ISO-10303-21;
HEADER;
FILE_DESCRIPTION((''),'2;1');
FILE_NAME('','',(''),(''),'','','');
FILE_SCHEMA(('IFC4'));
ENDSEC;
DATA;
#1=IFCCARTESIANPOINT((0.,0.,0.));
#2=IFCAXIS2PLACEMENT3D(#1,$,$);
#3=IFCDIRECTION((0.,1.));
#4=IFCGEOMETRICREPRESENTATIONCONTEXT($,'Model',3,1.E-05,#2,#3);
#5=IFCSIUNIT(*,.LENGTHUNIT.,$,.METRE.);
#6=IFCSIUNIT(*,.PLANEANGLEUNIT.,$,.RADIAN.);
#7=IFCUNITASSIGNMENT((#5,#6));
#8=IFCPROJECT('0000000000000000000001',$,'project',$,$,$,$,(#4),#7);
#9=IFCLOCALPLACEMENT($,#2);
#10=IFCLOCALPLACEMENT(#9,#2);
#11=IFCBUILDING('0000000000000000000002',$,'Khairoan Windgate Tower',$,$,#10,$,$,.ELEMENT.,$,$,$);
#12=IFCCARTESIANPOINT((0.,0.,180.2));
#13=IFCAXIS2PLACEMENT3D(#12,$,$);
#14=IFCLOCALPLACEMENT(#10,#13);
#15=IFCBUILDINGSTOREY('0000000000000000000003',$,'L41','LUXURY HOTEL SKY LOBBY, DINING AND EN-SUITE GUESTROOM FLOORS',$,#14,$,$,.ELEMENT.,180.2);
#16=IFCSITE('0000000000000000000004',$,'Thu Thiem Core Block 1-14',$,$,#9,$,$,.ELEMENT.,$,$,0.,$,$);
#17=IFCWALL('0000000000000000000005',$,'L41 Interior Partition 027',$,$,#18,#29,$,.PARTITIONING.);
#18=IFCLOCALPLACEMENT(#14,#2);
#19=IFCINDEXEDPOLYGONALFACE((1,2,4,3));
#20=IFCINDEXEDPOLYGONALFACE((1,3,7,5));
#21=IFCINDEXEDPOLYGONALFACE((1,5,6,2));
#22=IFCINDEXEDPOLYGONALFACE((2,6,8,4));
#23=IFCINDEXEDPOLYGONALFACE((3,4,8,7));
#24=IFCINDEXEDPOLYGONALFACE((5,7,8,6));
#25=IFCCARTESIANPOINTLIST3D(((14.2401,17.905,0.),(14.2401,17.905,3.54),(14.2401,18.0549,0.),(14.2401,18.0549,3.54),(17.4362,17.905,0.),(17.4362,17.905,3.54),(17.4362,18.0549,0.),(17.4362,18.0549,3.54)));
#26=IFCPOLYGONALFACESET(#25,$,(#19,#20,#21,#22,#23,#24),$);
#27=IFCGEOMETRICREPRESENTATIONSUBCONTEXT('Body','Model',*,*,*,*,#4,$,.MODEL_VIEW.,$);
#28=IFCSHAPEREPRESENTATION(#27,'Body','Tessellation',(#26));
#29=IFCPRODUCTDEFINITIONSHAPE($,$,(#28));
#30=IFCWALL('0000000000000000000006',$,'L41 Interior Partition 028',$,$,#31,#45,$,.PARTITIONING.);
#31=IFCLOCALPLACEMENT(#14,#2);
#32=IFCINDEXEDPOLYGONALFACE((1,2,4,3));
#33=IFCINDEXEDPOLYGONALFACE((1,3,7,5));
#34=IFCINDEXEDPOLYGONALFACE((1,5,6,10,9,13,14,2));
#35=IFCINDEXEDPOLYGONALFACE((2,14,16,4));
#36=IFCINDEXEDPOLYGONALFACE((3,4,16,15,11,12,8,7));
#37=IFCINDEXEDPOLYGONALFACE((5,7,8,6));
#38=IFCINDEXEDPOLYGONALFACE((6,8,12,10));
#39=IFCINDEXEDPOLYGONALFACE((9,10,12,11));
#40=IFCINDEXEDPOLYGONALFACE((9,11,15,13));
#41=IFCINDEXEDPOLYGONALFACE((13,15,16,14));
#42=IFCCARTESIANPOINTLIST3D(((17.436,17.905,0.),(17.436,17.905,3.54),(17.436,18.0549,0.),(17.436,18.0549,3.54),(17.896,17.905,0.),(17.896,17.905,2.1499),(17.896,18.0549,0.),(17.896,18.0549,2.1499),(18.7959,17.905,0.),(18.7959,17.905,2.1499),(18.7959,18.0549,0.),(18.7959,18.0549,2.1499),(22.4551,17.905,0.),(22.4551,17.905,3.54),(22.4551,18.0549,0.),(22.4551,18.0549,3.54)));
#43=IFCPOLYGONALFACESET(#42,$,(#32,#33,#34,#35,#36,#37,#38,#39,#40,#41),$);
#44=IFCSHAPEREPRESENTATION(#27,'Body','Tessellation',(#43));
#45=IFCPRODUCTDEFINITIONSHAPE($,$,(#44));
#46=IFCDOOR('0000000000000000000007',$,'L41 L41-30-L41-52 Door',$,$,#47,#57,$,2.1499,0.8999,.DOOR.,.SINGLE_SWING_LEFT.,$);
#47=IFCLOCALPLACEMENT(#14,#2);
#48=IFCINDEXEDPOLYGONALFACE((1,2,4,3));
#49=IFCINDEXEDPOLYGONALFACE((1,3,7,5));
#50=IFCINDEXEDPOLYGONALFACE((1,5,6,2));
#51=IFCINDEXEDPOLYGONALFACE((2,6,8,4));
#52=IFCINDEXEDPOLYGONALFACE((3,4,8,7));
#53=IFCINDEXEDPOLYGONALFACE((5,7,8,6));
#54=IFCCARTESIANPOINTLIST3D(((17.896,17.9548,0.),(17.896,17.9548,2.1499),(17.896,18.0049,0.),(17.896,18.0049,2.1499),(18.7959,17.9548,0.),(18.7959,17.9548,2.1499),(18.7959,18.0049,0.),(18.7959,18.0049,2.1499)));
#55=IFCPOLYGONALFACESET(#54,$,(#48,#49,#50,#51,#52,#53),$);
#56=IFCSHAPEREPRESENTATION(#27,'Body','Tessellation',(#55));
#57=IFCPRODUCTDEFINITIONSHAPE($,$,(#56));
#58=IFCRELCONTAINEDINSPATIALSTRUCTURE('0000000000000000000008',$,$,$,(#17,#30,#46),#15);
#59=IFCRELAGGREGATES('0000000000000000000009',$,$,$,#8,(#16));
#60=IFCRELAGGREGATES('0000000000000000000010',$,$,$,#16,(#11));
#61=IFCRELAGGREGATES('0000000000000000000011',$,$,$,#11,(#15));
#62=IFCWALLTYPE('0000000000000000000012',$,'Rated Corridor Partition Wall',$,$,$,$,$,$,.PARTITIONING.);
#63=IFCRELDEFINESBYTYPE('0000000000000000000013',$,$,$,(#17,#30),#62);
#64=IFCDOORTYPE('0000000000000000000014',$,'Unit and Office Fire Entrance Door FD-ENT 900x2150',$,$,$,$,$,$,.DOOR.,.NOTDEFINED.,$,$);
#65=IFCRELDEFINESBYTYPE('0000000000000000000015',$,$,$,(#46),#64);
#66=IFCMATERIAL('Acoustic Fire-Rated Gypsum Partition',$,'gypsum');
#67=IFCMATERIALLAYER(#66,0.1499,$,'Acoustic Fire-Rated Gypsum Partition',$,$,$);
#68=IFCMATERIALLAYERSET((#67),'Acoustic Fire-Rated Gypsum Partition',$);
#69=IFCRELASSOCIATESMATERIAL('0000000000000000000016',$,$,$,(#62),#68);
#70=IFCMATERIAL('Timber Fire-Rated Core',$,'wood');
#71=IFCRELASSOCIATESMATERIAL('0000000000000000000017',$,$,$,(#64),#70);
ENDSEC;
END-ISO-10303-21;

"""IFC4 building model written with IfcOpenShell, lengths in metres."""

from ifc_helpers import new_model, si_unit, direction, frame, frame_2d, origin, place, context, subcontext, project, spatial, rectangle, extrude, material, layer, layer_set, type_object, element, fill, save


model = new_model("IFC4")

# Units and contexts
model_context = context("Model", 3, precision=1e-05, world=origin(), true_north=direction((0.0, 1.0)))
body_context = subcontext(model_context, "Body", "Model", "MODEL_VIEW")
ifc_project = project(units=[si_unit("LENGTHUNIT", "METRE"), si_unit("PLANEANGLEUNIT", "RADIAN")], contexts=[model_context])

# Site, building, storey
site_placement = place(None, origin())
site = spatial("IfcSite", under=ifc_project, at=site_placement, Name="Thu Thiem Core Block 1-14", CompositionType="ELEMENT", RefElevation=0.0)
building_placement = place(site_placement, origin())
building = spatial("IfcBuilding", under=site, at=building_placement, Name="Khairoan Windgate Tower", CompositionType="ELEMENT")
storey_placement = place(building_placement, frame((0.0, 0.0, 180.2)))
storey = spatial("IfcBuildingStorey", under=building, at=storey_placement, Name="L41", Description="LUXURY HOTEL SKY LOBBY, DINING AND EN-SUITE GUESTROOM FLOORS", CompositionType="ELEMENT", Elevation=180.2)

# Wall
ifc_material_1 = material(Name="Acoustic Fire-Rated Gypsum Partition", Category="gypsum")
ifc_layer_1 = layer(ifc_material_1, 0.1499, Name="Acoustic Fire-Rated Gypsum Partition")
ifc_layer_set_1 = layer_set([ifc_layer_1], Name="Acoustic Fire-Rated Gypsum Partition")
wall_type_1 = type_object("IfcWallType", Name="Rated Corridor Partition Wall", PredefinedType="PARTITIONING", material=ifc_layer_set_1)
wall_1_placement = place(storey_placement, frame((14.24, 17.98, 0.0), z_axis=(0.0, 0.0, 1.0), x_axis=(1.0, 0.0, 0.0)))
element("IfcWall", 1, at=wall_1_placement, inside=storey, type_object=wall_type_1, Name="L41 Interior Partition 027", PredefinedType="PARTITIONING", context=body_context, shape_type="SweptSolid", body=[
    extrude(rectangle(XDim=3.196, YDim=0.1499, at=frame_2d((1.5981, 0.0))), origin(), (0.0, 0.0, 1.0), 3.54),
])

# Wall, opening, door
wall_2_placement = place(storey_placement, frame((17.436, 17.98, 0.0), z_axis=(0.0, 0.0, 1.0), x_axis=(1.0, 0.0, 0.0)))
wall_2 = element("IfcWall", 2, at=wall_2_placement, inside=storey, type_object=wall_type_1, Name="L41 Interior Partition 028", PredefinedType="PARTITIONING", context=body_context, shape_type="SweptSolid", body=[
    extrude(rectangle(XDim=5.019, YDim=0.1499, at=frame_2d((2.5095, 0.0))), origin(), (0.0, 0.0, 1.0), 3.54),
])
opening_1_placement = place(wall_2_placement, frame((0.46, 0.0, 0.0)))
opening_1 = element("IfcOpeningElement", 3, at=opening_1_placement, cuts=wall_2, PredefinedType="OPENING", context=body_context, shape_type="SweptSolid", body=[
    extrude(rectangle(XDim=0.8999, YDim=2.1499, at=frame_2d((0.45, 1.075))), frame((0.0, 0.085, 0.0), z_axis=(0.0, -1.0, 0.0), x_axis=(1.0, 0.0, 0.0)), (0.0, 0.0, 1.0), 0.1699),
])
ifc_material_2 = material(Name="Timber Fire-Rated Core", Category="wood")
door_type_1 = type_object("IfcDoorType", Name="Unit and Office Fire Entrance Door FD-ENT 900x2150", OperationType="NOTDEFINED", PredefinedType="DOOR", material=ifc_material_2)
door_1_placement = place(opening_1_placement, origin())
door_1 = element("IfcDoor", 4, at=door_1_placement, inside=storey, type_object=door_type_1, Name="L41 L41-30-L41-52 Door", OperationType="SINGLE_SWING_LEFT", OverallHeight=2.1499, OverallWidth=0.8999, PredefinedType="DOOR", context=body_context, shape_type="SweptSolid", body=[
    extrude(rectangle(XDim=0.8999, YDim=2.1499, at=frame_2d((0.45, 1.075))), frame((0.0, 0.0249, 0.0), z_axis=(0.0, -1.0, 0.0), x_axis=(1.0, 0.0, 0.0)), (0.0, 0.0, 1.0), 0.05),
])
fill(opening_1, door_1)

save(model, "model.ifc")
